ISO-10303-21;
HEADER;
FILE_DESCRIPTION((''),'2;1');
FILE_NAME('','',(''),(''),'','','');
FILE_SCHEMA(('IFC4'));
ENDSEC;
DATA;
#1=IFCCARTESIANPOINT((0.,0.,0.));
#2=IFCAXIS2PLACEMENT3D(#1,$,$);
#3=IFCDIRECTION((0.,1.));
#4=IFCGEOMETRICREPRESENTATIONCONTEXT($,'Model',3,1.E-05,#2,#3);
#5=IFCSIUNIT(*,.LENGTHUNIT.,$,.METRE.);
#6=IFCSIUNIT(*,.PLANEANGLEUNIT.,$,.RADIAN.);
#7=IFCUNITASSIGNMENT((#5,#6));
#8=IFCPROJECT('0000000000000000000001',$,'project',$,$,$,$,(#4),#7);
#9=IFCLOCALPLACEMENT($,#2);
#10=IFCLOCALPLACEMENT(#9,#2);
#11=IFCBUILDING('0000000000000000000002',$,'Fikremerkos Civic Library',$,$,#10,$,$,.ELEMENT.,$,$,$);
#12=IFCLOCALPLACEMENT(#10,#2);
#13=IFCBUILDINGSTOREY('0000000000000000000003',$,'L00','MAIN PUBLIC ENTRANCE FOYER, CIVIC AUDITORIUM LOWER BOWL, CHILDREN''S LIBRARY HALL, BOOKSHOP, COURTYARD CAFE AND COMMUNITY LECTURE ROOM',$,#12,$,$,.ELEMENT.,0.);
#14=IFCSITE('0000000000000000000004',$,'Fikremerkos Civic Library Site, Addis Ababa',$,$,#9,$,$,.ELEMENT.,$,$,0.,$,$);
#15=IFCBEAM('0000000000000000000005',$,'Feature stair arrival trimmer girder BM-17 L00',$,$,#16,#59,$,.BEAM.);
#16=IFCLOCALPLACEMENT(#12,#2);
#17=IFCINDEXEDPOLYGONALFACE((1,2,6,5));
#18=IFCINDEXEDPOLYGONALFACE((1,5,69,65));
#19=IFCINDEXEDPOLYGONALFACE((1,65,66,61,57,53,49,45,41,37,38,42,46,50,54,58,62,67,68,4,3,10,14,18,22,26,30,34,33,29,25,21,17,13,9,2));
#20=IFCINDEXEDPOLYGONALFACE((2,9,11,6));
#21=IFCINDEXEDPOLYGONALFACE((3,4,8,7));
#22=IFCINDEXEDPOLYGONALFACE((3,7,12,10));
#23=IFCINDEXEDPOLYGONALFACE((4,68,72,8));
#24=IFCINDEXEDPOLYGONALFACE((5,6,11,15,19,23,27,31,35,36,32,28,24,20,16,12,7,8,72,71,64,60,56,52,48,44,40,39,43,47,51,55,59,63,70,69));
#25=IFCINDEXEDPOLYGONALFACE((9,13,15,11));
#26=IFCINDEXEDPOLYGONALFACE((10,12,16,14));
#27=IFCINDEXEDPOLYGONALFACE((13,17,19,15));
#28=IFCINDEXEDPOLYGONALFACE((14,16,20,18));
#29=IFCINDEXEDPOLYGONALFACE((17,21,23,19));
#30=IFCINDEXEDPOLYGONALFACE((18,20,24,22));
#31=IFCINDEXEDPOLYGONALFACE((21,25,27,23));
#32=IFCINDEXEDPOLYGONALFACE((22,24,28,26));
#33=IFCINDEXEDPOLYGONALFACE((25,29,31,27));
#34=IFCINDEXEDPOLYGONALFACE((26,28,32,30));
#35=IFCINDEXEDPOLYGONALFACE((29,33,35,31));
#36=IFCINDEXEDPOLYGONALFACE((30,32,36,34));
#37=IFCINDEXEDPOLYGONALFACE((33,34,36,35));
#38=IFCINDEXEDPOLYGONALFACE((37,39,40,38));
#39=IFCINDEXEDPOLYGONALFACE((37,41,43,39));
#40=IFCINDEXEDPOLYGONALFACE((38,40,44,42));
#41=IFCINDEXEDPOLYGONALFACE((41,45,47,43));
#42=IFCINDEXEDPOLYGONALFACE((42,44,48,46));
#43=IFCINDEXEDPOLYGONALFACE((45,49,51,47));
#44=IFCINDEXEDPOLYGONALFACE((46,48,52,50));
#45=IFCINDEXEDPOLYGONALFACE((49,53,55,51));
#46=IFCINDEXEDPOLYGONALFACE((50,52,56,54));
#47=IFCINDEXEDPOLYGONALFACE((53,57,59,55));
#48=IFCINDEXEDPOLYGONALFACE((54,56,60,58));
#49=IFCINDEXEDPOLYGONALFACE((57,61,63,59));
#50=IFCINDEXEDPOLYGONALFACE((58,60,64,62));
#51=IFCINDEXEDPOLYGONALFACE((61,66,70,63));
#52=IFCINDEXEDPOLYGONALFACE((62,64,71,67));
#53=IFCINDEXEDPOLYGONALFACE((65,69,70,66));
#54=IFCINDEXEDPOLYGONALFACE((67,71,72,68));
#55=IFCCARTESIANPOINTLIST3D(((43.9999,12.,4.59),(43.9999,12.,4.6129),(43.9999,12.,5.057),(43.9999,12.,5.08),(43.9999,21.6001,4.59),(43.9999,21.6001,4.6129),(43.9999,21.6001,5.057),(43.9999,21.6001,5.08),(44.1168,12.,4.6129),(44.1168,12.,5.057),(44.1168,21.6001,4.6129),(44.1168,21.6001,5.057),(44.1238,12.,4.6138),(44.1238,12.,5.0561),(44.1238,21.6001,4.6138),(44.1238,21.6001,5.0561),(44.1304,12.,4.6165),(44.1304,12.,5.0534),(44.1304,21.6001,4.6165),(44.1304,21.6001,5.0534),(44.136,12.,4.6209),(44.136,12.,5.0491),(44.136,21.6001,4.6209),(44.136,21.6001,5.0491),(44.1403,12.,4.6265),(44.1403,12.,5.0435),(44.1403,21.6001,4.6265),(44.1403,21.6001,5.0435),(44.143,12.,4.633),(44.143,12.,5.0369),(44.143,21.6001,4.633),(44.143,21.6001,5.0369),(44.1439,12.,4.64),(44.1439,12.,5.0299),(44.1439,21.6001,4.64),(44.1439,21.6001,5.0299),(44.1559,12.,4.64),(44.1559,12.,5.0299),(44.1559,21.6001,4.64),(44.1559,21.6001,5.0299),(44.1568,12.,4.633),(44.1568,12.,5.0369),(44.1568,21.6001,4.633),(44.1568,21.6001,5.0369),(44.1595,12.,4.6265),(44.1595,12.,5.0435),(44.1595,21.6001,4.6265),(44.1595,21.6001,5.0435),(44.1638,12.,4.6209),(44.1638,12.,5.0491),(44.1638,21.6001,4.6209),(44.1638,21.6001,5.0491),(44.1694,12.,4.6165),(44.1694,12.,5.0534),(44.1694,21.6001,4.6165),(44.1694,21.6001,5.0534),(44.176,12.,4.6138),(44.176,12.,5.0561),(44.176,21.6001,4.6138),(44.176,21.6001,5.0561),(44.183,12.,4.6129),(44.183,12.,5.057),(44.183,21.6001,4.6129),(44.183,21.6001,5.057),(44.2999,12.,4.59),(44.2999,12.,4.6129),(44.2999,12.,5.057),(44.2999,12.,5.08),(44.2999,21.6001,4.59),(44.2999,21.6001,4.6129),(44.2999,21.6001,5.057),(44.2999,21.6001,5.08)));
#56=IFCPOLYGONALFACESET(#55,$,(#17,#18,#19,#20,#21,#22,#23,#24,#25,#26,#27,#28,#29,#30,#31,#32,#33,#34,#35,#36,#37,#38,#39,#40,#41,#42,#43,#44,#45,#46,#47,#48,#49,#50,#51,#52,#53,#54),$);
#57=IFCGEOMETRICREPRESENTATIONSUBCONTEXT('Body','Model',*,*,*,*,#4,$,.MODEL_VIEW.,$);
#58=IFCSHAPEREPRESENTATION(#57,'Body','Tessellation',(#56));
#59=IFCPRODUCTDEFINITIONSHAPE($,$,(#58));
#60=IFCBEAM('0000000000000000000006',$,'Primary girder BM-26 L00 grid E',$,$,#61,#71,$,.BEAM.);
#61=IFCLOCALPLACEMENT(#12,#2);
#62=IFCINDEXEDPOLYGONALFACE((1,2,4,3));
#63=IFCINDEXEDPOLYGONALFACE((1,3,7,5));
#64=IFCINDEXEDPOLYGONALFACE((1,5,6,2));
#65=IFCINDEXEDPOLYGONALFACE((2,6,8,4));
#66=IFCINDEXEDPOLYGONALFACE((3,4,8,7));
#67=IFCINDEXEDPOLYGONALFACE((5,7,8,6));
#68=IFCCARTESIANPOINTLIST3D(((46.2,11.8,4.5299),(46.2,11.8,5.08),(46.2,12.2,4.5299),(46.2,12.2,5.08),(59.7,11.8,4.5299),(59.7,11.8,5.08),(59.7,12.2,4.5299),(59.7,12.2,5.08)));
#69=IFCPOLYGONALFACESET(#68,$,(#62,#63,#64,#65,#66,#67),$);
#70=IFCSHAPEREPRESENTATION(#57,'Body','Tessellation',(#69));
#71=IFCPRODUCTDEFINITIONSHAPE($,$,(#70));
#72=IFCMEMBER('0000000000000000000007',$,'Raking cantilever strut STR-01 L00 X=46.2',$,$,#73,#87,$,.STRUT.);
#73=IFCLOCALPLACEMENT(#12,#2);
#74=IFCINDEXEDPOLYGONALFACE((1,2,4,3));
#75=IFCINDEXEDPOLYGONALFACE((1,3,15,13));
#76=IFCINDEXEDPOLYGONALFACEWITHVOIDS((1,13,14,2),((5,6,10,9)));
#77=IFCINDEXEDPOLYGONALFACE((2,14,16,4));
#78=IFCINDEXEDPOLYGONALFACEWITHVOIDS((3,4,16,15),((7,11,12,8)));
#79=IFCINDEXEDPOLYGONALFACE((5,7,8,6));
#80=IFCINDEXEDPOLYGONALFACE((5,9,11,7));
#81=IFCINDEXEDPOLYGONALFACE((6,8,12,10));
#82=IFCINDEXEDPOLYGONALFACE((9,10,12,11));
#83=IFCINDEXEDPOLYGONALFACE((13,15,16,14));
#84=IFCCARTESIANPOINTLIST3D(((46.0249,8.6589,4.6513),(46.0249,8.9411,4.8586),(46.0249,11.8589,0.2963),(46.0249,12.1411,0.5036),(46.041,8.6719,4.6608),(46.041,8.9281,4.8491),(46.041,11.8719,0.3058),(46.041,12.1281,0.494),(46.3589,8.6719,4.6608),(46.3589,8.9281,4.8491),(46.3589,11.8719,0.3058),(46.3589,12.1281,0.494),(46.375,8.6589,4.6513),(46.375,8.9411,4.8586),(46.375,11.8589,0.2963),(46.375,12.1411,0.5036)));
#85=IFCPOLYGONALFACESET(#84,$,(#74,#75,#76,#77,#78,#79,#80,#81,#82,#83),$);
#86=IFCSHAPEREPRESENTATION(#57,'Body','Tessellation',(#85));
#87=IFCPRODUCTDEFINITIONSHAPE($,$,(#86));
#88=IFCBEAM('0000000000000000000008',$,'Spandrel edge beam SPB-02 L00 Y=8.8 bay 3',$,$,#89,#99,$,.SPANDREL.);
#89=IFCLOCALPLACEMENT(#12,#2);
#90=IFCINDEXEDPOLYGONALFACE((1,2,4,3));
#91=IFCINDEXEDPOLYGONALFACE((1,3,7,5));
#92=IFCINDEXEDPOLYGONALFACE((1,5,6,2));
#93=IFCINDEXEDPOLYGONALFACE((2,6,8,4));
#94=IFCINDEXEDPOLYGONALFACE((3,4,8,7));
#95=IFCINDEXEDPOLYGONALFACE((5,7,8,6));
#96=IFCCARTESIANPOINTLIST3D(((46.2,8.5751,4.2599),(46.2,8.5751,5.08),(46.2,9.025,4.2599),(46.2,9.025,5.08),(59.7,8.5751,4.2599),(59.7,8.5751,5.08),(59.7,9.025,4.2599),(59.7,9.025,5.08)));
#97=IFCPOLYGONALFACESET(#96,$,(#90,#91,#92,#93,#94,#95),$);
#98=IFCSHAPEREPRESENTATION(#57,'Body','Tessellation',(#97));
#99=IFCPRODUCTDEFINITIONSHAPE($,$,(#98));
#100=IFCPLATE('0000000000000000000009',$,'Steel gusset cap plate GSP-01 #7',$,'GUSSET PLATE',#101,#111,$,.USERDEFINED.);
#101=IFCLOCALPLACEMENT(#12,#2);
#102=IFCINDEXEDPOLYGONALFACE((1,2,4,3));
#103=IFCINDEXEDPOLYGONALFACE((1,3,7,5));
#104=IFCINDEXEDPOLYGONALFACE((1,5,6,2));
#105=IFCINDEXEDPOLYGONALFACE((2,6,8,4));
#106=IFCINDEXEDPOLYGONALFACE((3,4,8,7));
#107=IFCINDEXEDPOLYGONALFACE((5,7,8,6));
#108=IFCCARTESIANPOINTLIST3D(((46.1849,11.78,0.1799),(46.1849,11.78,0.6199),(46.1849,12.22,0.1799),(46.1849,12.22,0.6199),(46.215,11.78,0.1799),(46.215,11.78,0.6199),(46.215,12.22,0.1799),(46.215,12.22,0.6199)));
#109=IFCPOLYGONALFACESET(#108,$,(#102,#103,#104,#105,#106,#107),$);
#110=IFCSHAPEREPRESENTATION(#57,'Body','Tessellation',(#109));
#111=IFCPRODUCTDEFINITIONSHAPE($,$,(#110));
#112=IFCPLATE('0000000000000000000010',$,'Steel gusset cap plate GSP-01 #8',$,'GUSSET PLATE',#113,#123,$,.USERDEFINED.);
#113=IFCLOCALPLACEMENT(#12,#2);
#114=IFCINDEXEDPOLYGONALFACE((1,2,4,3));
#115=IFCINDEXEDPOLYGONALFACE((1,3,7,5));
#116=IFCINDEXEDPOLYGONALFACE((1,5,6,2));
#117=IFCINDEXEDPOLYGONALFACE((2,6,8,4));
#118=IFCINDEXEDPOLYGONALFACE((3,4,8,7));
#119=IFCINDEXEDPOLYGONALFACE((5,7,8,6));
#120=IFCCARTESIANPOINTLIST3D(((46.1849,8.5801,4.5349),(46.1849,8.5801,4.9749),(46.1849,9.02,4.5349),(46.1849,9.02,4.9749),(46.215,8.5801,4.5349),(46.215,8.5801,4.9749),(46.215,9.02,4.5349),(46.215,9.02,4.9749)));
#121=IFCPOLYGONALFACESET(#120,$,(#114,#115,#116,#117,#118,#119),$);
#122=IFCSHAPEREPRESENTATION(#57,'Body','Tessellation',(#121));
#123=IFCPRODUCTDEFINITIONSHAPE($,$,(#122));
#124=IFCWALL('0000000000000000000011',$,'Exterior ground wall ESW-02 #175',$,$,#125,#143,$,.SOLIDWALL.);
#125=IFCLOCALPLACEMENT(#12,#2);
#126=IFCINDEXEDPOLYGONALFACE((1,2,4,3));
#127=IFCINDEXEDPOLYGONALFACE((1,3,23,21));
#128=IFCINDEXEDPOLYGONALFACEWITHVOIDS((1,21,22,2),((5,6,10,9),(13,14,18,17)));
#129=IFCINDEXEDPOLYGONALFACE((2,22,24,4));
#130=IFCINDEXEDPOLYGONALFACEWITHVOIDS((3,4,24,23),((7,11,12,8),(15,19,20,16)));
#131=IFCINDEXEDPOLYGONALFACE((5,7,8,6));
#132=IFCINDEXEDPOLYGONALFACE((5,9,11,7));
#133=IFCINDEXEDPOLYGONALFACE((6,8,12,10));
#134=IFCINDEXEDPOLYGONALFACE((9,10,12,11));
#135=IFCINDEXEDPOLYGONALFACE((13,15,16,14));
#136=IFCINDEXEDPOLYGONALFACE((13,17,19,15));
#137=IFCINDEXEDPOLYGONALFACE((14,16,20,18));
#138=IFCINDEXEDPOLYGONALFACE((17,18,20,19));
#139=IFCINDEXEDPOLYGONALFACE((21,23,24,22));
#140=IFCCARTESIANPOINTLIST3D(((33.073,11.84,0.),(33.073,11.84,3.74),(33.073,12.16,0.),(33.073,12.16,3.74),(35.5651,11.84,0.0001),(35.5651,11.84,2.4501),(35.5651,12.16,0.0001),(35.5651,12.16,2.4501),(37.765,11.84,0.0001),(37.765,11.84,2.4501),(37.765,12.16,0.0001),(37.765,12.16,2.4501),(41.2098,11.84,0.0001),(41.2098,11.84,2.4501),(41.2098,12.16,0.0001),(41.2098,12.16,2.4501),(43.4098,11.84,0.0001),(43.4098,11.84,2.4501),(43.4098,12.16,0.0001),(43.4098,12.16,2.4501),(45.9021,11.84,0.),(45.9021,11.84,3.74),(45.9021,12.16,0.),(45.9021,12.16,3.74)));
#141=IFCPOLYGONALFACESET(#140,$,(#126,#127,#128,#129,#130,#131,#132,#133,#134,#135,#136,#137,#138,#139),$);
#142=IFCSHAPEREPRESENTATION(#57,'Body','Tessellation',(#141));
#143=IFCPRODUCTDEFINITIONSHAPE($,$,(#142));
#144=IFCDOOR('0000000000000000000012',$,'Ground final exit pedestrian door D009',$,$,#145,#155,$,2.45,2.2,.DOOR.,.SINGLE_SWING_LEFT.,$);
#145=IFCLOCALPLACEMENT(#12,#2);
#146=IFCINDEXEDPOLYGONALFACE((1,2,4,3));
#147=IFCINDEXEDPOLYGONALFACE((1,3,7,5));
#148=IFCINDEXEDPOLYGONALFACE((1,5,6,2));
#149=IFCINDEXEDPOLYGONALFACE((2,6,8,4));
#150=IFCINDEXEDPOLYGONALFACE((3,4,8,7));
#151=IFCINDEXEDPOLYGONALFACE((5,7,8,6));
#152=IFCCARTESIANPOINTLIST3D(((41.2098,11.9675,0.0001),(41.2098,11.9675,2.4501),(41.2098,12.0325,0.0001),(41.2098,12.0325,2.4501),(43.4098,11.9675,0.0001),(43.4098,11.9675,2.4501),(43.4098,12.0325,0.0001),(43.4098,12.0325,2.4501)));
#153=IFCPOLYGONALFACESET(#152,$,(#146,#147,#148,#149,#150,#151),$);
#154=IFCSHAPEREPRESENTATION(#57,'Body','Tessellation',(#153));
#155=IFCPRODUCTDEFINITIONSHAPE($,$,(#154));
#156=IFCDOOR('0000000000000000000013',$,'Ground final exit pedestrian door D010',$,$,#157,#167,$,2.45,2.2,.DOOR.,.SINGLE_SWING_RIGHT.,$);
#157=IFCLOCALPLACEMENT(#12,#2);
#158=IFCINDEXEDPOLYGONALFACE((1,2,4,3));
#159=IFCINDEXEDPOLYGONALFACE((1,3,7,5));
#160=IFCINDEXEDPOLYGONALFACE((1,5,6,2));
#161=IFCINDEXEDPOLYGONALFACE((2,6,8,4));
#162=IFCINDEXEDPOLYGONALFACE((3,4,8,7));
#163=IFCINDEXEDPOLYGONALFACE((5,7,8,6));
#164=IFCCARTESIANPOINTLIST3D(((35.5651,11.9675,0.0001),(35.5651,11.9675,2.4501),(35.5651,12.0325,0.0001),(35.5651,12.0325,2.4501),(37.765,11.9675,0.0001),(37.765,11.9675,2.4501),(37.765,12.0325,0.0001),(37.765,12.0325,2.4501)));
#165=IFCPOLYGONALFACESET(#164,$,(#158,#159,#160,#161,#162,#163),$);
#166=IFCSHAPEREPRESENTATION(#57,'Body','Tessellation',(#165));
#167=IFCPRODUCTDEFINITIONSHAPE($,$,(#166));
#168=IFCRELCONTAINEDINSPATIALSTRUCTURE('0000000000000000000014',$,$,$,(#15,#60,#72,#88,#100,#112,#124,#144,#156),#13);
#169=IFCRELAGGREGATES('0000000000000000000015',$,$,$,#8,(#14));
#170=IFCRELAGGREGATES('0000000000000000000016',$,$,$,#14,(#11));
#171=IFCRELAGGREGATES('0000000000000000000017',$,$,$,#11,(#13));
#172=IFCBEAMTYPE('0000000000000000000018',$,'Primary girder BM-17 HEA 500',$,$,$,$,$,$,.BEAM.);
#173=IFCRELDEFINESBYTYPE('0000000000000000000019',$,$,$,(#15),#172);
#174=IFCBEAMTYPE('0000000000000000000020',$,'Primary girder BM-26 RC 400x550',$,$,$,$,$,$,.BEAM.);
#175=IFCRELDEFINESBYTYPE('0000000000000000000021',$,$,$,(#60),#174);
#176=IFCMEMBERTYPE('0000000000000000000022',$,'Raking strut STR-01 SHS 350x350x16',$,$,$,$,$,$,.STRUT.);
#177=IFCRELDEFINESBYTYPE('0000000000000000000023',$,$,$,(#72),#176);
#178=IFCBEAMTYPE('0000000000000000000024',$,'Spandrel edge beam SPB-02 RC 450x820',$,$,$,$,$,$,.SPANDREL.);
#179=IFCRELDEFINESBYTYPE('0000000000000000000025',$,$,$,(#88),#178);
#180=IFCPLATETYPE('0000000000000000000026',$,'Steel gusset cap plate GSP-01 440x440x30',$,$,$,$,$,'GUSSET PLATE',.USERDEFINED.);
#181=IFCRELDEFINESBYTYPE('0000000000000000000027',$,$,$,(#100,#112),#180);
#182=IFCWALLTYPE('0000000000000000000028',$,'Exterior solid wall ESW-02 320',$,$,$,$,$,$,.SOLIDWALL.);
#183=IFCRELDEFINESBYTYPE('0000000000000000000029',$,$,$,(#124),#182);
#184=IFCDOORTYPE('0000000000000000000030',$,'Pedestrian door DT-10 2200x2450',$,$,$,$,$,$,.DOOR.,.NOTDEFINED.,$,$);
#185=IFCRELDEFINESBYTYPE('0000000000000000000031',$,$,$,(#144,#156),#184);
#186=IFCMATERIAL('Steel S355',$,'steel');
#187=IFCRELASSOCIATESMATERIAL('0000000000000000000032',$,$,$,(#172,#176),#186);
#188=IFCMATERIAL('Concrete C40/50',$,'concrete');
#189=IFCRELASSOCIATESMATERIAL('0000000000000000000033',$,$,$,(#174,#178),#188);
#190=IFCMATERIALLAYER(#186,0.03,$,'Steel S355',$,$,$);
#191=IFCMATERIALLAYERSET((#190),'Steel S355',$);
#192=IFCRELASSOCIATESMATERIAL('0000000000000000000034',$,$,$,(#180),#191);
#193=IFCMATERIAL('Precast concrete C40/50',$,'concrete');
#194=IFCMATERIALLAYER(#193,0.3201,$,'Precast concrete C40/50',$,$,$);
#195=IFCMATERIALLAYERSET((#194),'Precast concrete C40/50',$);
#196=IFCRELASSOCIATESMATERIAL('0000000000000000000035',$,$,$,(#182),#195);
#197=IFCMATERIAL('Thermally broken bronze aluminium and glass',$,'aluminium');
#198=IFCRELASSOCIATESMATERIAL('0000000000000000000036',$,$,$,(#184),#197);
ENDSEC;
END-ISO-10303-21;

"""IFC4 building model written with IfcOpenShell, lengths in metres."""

from ifc_helpers import new_model, si_unit, direction, frame, frame_2d, origin, origin_2d, place, context, subcontext, project, spatial, rectangle, hollow_rectangle, i_section, extrude, material, layer, layer_set, material_profile, profile_set, type_object, element, fill, save


model = new_model("IFC4")

# Units and contexts
model_context = context("Model", 3, precision=1e-05, world=origin(), true_north=direction((0.0, 1.0)))
body_context = subcontext(model_context, "Body", "Model", "MODEL_VIEW")
ifc_project = project(units=[si_unit("LENGTHUNIT", "METRE"), si_unit("PLANEANGLEUNIT", "RADIAN")], contexts=[model_context])

# Site, building, storey
site_placement = place(None, origin())
site = spatial("IfcSite", under=ifc_project, at=site_placement, Name="Fikremerkos Civic Library Site, Addis Ababa", CompositionType="ELEMENT", RefElevation=0.0)
building_placement = place(site_placement, origin())
building = spatial("IfcBuilding", under=site, at=building_placement, Name="Fikremerkos Civic Library", CompositionType="ELEMENT")
storey_placement = place(building_placement, origin())
storey = spatial("IfcBuildingStorey", under=building, at=storey_placement, Name="L00", Description="MAIN PUBLIC ENTRANCE FOYER, CIVIC AUDITORIUM LOWER BOWL, CHILDREN'S LIBRARY HALL, BOOKSHOP, COURTYARD CAFE AND COMMUNITY LECTURE ROOM", CompositionType="ELEMENT", Elevation=0.0)

# Shared definitions
ifc_material_1 = material(Name="Concrete C40/50", Category="concrete")

# Beams
ifc_material_2 = material(Name="Steel S355", Category="steel")
ifc_material_profile_1 = material_profile(ifc_material_2, i_section(OverallWidth=0.3, OverallDepth=0.49, WebThickness=0.012, FlangeThickness=0.0229, FilletRadius=0.0271, at=origin_2d()), Name="HEA 500")
ifc_profile_set_1 = profile_set([ifc_material_profile_1], Name="Steel S355")
beam_type_1 = type_object("IfcBeamType", Name="Primary girder BM-17 HEA 500", PredefinedType="BEAM", material=ifc_profile_set_1)
beam_1_placement = place(storey_placement, frame((44.1499, 12.0, 4.835), z_axis=(0.0, 1.0, 0.0), x_axis=(-1.0, 0.0, 0.0)))
element("IfcBeam", 1, at=beam_1_placement, inside=storey, type_object=beam_type_1, Name="Feature stair arrival trimmer girder BM-17 L00", PredefinedType="BEAM", context=body_context, shape_type="SweptSolid", body=[
    extrude(i_section(OverallWidth=0.3, OverallDepth=0.49, WebThickness=0.012, FlangeThickness=0.0229, FilletRadius=0.0271, at=origin_2d()), origin(), (0.0, 0.0, 1.0), 9.6001),
])
ifc_material_profile_2 = material_profile(ifc_material_1, rectangle(XDim=0.3999, YDim=0.55, at=origin_2d()), Name="RC 400x550")
ifc_profile_set_2 = profile_set([ifc_material_profile_2], Name="Concrete C40/50")
beam_type_2 = type_object("IfcBeamType", Name="Primary girder BM-26 RC 400x550", PredefinedType="BEAM", material=ifc_profile_set_2)
beam_2_placement = place(storey_placement, frame((46.2, 12.0, 4.8049), z_axis=(1.0, 0.0, 0.0), x_axis=(0.0, 1.0, 0.0)))
element("IfcBeam", 2, at=beam_2_placement, inside=storey, type_object=beam_type_2, Name="Primary girder BM-26 L00 grid E", PredefinedType="BEAM", context=body_context, shape_type="SweptSolid", body=[
    extrude(rectangle(XDim=0.3999, YDim=0.55, at=origin_2d()), origin(), (0.0, 0.0, 1.0), 13.5),
])

# Member
ifc_material_profile_3 = material_profile(ifc_material_2, hollow_rectangle(XDim=0.3501, YDim=0.3501, WallThickness=0.0161, at=origin_2d()), Name="SHS 350x350x16")
ifc_profile_set_3 = profile_set([ifc_material_profile_3], Name="Steel S355")
member_type = type_object("IfcMemberType", Name="Raking strut STR-01 SHS 350x350x16", PredefinedType="STRUT", material=ifc_profile_set_3)
member_placement = place(storey_placement, frame((46.2, 12.0, 0.3999), z_axis=(0.0, -0.592121, 0.805849), x_axis=(1.0, 0.0, 0.0)))
element("IfcMember", 3, at=member_placement, inside=storey, type_object=member_type, Name="Raking cantilever strut STR-01 L00 X=46.2", PredefinedType="STRUT", context=body_context, shape_type="SweptSolid", body=[
    extrude(hollow_rectangle(XDim=0.3501, YDim=0.3501, WallThickness=0.0161, at=origin_2d()), origin(), (0.0, 0.0, 1.0), 5.4043),
])

# Beam
ifc_material_profile_4 = material_profile(ifc_material_1, rectangle(XDim=0.45, YDim=0.8201, at=origin_2d()), Name="RC 450x820")
ifc_profile_set_4 = profile_set([ifc_material_profile_4], Name="Concrete C40/50")
beam_type_3 = type_object("IfcBeamType", Name="Spandrel edge beam SPB-02 RC 450x820", PredefinedType="SPANDREL", material=ifc_profile_set_4)
beam_3_placement = place(storey_placement, frame((46.2, 8.8, 4.6699), z_axis=(1.0, 0.0, 0.0), x_axis=(0.0, 1.0, 0.0)))
element("IfcBeam", 4, at=beam_3_placement, inside=storey, type_object=beam_type_3, Name="Spandrel edge beam SPB-02 L00 Y=8.8 bay 3", PredefinedType="SPANDREL", context=body_context, shape_type="SweptSolid", body=[
    extrude(rectangle(XDim=0.45, YDim=0.8201, at=origin_2d()), origin(), (0.0, 0.0, 1.0), 13.5),
])

# Plates
ifc_layer_1 = layer(ifc_material_2, 0.03, Name="Steel S355")
ifc_layer_set_1 = layer_set([ifc_layer_1], Name="Steel S355")
plate_type = type_object("IfcPlateType", Name="Steel gusset cap plate GSP-01 440x440x30", ElementType="GUSSET PLATE", PredefinedType="USERDEFINED", material=ifc_layer_set_1)
for number, where, z_axis, x_axis, name in (
    (5, (46.2, 12.0, 0.1799), (0.0, 0.0, 1.0), (1.0, 0.0, 0.0), "Steel gusset cap plate GSP-01 #7"),
    (6, (46.2, 8.8, 4.5349), (0.0, 0.0, 1.0), (1.0, 0.0, 0.0), "Steel gusset cap plate GSP-01 #8"),
):
    element("IfcPlate", number, at=place(storey_placement, frame(where, z_axis=z_axis, x_axis=x_axis)), inside=storey, type_object=plate_type, Name=name, ObjectType="GUSSET PLATE", PredefinedType="USERDEFINED", context=body_context, shape_type="SweptSolid", body=[
        extrude(rectangle(XDim=0.03, YDim=0.4399, at=origin_2d()), origin(), (0.0, 0.0, 1.0), 0.4399),
    ])

# Wall, openings, doors
ifc_material_3 = material(Name="Precast concrete C40/50", Category="concrete")
ifc_layer_2 = layer(ifc_material_3, 0.3201, Name="Precast concrete C40/50")
ifc_layer_set_2 = layer_set([ifc_layer_2], Name="Precast concrete C40/50")
wall_type = type_object("IfcWallType", Name="Exterior solid wall ESW-02 320", PredefinedType="SOLIDWALL", material=ifc_layer_set_2)
wall_placement = place(storey_placement, frame((45.9021, 12.0, 0.0), z_axis=(0.0, 0.0, 1.0), x_axis=(-1.0, 0.0, 0.0)))
wall = element("IfcWall", 7, at=wall_placement, inside=storey, type_object=wall_type, Name="Exterior ground wall ESW-02 #175", PredefinedType="SOLIDWALL", context=body_context, shape_type="SweptSolid", body=[
    extrude(rectangle(XDim=12.8291, YDim=0.3201, at=frame_2d((6.4146, 0.0))), origin(), (0.0, 0.0, 1.0), 3.74),
])
opening_1_placement = place(wall_placement, frame((2.4922, 0.0, 0.0)))
opening_1 = element("IfcOpeningElement", 8, at=opening_1_placement, cuts=wall, PredefinedType="OPENING", context=body_context, shape_type="SweptSolid", body=[
    extrude(rectangle(XDim=2.2, YDim=2.45, at=frame_2d((1.1001, 1.2251))), frame((0.0, 0.1699, 0.0), z_axis=(0.0, -1.0, 0.0), x_axis=(1.0, 0.0, 0.0)), (0.0, 0.0, 1.0), 0.3401),
])
opening_2_placement = place(wall_placement, frame((8.137, 0.0, 0.0)))
opening_2 = element("IfcOpeningElement", 9, at=opening_2_placement, cuts=wall, PredefinedType="OPENING", context=body_context, shape_type="SweptSolid", body=[
    extrude(rectangle(XDim=2.2, YDim=2.45, at=frame_2d((1.1001, 1.2251))), frame((0.0, 0.1699, 0.0), z_axis=(0.0, -1.0, 0.0), x_axis=(1.0, 0.0, 0.0)), (0.0, 0.0, 1.0), 0.3401),
])
ifc_material_4 = material(Name="Thermally broken bronze aluminium and glass", Category="aluminium")
door_type = type_object("IfcDoorType", Name="Pedestrian door DT-10 2200x2450", OperationType="NOTDEFINED", PredefinedType="DOOR", material=ifc_material_4)
door_1_placement = place(opening_1_placement, origin())
door_1 = element("IfcDoor", 10, at=door_1_placement, inside=storey, type_object=door_type, Name="Ground final exit pedestrian door D009", OperationType="SINGLE_SWING_LEFT", OverallHeight=2.45, OverallWidth=2.2, PredefinedType="DOOR", context=body_context, shape_type="SweptSolid", body=[
    extrude(rectangle(XDim=2.2, YDim=2.45, at=frame_2d((1.1001, 1.2251))), frame((0.0, 0.0325, 0.0), z_axis=(0.0, -1.0, 0.0), x_axis=(1.0, 0.0, 0.0)), (0.0, 0.0, 1.0), 0.0649),
])
fill(opening_1, door_1)
door_2_placement = place(opening_2_placement, origin())
door_2 = element("IfcDoor", 11, at=door_2_placement, inside=storey, type_object=door_type, Name="Ground final exit pedestrian door D010", OperationType="SINGLE_SWING_RIGHT", OverallHeight=2.45, OverallWidth=2.2, PredefinedType="DOOR", context=body_context, shape_type="SweptSolid", body=[
    extrude(rectangle(XDim=2.2, YDim=2.45, at=frame_2d((1.1001, 1.2251))), frame((0.0, 0.0325, 0.0), z_axis=(0.0, -1.0, 0.0), x_axis=(1.0, 0.0, 0.0)), (0.0, 0.0, 1.0), 0.0649),
])
fill(opening_2, door_2)

save(model, "model.ifc")
